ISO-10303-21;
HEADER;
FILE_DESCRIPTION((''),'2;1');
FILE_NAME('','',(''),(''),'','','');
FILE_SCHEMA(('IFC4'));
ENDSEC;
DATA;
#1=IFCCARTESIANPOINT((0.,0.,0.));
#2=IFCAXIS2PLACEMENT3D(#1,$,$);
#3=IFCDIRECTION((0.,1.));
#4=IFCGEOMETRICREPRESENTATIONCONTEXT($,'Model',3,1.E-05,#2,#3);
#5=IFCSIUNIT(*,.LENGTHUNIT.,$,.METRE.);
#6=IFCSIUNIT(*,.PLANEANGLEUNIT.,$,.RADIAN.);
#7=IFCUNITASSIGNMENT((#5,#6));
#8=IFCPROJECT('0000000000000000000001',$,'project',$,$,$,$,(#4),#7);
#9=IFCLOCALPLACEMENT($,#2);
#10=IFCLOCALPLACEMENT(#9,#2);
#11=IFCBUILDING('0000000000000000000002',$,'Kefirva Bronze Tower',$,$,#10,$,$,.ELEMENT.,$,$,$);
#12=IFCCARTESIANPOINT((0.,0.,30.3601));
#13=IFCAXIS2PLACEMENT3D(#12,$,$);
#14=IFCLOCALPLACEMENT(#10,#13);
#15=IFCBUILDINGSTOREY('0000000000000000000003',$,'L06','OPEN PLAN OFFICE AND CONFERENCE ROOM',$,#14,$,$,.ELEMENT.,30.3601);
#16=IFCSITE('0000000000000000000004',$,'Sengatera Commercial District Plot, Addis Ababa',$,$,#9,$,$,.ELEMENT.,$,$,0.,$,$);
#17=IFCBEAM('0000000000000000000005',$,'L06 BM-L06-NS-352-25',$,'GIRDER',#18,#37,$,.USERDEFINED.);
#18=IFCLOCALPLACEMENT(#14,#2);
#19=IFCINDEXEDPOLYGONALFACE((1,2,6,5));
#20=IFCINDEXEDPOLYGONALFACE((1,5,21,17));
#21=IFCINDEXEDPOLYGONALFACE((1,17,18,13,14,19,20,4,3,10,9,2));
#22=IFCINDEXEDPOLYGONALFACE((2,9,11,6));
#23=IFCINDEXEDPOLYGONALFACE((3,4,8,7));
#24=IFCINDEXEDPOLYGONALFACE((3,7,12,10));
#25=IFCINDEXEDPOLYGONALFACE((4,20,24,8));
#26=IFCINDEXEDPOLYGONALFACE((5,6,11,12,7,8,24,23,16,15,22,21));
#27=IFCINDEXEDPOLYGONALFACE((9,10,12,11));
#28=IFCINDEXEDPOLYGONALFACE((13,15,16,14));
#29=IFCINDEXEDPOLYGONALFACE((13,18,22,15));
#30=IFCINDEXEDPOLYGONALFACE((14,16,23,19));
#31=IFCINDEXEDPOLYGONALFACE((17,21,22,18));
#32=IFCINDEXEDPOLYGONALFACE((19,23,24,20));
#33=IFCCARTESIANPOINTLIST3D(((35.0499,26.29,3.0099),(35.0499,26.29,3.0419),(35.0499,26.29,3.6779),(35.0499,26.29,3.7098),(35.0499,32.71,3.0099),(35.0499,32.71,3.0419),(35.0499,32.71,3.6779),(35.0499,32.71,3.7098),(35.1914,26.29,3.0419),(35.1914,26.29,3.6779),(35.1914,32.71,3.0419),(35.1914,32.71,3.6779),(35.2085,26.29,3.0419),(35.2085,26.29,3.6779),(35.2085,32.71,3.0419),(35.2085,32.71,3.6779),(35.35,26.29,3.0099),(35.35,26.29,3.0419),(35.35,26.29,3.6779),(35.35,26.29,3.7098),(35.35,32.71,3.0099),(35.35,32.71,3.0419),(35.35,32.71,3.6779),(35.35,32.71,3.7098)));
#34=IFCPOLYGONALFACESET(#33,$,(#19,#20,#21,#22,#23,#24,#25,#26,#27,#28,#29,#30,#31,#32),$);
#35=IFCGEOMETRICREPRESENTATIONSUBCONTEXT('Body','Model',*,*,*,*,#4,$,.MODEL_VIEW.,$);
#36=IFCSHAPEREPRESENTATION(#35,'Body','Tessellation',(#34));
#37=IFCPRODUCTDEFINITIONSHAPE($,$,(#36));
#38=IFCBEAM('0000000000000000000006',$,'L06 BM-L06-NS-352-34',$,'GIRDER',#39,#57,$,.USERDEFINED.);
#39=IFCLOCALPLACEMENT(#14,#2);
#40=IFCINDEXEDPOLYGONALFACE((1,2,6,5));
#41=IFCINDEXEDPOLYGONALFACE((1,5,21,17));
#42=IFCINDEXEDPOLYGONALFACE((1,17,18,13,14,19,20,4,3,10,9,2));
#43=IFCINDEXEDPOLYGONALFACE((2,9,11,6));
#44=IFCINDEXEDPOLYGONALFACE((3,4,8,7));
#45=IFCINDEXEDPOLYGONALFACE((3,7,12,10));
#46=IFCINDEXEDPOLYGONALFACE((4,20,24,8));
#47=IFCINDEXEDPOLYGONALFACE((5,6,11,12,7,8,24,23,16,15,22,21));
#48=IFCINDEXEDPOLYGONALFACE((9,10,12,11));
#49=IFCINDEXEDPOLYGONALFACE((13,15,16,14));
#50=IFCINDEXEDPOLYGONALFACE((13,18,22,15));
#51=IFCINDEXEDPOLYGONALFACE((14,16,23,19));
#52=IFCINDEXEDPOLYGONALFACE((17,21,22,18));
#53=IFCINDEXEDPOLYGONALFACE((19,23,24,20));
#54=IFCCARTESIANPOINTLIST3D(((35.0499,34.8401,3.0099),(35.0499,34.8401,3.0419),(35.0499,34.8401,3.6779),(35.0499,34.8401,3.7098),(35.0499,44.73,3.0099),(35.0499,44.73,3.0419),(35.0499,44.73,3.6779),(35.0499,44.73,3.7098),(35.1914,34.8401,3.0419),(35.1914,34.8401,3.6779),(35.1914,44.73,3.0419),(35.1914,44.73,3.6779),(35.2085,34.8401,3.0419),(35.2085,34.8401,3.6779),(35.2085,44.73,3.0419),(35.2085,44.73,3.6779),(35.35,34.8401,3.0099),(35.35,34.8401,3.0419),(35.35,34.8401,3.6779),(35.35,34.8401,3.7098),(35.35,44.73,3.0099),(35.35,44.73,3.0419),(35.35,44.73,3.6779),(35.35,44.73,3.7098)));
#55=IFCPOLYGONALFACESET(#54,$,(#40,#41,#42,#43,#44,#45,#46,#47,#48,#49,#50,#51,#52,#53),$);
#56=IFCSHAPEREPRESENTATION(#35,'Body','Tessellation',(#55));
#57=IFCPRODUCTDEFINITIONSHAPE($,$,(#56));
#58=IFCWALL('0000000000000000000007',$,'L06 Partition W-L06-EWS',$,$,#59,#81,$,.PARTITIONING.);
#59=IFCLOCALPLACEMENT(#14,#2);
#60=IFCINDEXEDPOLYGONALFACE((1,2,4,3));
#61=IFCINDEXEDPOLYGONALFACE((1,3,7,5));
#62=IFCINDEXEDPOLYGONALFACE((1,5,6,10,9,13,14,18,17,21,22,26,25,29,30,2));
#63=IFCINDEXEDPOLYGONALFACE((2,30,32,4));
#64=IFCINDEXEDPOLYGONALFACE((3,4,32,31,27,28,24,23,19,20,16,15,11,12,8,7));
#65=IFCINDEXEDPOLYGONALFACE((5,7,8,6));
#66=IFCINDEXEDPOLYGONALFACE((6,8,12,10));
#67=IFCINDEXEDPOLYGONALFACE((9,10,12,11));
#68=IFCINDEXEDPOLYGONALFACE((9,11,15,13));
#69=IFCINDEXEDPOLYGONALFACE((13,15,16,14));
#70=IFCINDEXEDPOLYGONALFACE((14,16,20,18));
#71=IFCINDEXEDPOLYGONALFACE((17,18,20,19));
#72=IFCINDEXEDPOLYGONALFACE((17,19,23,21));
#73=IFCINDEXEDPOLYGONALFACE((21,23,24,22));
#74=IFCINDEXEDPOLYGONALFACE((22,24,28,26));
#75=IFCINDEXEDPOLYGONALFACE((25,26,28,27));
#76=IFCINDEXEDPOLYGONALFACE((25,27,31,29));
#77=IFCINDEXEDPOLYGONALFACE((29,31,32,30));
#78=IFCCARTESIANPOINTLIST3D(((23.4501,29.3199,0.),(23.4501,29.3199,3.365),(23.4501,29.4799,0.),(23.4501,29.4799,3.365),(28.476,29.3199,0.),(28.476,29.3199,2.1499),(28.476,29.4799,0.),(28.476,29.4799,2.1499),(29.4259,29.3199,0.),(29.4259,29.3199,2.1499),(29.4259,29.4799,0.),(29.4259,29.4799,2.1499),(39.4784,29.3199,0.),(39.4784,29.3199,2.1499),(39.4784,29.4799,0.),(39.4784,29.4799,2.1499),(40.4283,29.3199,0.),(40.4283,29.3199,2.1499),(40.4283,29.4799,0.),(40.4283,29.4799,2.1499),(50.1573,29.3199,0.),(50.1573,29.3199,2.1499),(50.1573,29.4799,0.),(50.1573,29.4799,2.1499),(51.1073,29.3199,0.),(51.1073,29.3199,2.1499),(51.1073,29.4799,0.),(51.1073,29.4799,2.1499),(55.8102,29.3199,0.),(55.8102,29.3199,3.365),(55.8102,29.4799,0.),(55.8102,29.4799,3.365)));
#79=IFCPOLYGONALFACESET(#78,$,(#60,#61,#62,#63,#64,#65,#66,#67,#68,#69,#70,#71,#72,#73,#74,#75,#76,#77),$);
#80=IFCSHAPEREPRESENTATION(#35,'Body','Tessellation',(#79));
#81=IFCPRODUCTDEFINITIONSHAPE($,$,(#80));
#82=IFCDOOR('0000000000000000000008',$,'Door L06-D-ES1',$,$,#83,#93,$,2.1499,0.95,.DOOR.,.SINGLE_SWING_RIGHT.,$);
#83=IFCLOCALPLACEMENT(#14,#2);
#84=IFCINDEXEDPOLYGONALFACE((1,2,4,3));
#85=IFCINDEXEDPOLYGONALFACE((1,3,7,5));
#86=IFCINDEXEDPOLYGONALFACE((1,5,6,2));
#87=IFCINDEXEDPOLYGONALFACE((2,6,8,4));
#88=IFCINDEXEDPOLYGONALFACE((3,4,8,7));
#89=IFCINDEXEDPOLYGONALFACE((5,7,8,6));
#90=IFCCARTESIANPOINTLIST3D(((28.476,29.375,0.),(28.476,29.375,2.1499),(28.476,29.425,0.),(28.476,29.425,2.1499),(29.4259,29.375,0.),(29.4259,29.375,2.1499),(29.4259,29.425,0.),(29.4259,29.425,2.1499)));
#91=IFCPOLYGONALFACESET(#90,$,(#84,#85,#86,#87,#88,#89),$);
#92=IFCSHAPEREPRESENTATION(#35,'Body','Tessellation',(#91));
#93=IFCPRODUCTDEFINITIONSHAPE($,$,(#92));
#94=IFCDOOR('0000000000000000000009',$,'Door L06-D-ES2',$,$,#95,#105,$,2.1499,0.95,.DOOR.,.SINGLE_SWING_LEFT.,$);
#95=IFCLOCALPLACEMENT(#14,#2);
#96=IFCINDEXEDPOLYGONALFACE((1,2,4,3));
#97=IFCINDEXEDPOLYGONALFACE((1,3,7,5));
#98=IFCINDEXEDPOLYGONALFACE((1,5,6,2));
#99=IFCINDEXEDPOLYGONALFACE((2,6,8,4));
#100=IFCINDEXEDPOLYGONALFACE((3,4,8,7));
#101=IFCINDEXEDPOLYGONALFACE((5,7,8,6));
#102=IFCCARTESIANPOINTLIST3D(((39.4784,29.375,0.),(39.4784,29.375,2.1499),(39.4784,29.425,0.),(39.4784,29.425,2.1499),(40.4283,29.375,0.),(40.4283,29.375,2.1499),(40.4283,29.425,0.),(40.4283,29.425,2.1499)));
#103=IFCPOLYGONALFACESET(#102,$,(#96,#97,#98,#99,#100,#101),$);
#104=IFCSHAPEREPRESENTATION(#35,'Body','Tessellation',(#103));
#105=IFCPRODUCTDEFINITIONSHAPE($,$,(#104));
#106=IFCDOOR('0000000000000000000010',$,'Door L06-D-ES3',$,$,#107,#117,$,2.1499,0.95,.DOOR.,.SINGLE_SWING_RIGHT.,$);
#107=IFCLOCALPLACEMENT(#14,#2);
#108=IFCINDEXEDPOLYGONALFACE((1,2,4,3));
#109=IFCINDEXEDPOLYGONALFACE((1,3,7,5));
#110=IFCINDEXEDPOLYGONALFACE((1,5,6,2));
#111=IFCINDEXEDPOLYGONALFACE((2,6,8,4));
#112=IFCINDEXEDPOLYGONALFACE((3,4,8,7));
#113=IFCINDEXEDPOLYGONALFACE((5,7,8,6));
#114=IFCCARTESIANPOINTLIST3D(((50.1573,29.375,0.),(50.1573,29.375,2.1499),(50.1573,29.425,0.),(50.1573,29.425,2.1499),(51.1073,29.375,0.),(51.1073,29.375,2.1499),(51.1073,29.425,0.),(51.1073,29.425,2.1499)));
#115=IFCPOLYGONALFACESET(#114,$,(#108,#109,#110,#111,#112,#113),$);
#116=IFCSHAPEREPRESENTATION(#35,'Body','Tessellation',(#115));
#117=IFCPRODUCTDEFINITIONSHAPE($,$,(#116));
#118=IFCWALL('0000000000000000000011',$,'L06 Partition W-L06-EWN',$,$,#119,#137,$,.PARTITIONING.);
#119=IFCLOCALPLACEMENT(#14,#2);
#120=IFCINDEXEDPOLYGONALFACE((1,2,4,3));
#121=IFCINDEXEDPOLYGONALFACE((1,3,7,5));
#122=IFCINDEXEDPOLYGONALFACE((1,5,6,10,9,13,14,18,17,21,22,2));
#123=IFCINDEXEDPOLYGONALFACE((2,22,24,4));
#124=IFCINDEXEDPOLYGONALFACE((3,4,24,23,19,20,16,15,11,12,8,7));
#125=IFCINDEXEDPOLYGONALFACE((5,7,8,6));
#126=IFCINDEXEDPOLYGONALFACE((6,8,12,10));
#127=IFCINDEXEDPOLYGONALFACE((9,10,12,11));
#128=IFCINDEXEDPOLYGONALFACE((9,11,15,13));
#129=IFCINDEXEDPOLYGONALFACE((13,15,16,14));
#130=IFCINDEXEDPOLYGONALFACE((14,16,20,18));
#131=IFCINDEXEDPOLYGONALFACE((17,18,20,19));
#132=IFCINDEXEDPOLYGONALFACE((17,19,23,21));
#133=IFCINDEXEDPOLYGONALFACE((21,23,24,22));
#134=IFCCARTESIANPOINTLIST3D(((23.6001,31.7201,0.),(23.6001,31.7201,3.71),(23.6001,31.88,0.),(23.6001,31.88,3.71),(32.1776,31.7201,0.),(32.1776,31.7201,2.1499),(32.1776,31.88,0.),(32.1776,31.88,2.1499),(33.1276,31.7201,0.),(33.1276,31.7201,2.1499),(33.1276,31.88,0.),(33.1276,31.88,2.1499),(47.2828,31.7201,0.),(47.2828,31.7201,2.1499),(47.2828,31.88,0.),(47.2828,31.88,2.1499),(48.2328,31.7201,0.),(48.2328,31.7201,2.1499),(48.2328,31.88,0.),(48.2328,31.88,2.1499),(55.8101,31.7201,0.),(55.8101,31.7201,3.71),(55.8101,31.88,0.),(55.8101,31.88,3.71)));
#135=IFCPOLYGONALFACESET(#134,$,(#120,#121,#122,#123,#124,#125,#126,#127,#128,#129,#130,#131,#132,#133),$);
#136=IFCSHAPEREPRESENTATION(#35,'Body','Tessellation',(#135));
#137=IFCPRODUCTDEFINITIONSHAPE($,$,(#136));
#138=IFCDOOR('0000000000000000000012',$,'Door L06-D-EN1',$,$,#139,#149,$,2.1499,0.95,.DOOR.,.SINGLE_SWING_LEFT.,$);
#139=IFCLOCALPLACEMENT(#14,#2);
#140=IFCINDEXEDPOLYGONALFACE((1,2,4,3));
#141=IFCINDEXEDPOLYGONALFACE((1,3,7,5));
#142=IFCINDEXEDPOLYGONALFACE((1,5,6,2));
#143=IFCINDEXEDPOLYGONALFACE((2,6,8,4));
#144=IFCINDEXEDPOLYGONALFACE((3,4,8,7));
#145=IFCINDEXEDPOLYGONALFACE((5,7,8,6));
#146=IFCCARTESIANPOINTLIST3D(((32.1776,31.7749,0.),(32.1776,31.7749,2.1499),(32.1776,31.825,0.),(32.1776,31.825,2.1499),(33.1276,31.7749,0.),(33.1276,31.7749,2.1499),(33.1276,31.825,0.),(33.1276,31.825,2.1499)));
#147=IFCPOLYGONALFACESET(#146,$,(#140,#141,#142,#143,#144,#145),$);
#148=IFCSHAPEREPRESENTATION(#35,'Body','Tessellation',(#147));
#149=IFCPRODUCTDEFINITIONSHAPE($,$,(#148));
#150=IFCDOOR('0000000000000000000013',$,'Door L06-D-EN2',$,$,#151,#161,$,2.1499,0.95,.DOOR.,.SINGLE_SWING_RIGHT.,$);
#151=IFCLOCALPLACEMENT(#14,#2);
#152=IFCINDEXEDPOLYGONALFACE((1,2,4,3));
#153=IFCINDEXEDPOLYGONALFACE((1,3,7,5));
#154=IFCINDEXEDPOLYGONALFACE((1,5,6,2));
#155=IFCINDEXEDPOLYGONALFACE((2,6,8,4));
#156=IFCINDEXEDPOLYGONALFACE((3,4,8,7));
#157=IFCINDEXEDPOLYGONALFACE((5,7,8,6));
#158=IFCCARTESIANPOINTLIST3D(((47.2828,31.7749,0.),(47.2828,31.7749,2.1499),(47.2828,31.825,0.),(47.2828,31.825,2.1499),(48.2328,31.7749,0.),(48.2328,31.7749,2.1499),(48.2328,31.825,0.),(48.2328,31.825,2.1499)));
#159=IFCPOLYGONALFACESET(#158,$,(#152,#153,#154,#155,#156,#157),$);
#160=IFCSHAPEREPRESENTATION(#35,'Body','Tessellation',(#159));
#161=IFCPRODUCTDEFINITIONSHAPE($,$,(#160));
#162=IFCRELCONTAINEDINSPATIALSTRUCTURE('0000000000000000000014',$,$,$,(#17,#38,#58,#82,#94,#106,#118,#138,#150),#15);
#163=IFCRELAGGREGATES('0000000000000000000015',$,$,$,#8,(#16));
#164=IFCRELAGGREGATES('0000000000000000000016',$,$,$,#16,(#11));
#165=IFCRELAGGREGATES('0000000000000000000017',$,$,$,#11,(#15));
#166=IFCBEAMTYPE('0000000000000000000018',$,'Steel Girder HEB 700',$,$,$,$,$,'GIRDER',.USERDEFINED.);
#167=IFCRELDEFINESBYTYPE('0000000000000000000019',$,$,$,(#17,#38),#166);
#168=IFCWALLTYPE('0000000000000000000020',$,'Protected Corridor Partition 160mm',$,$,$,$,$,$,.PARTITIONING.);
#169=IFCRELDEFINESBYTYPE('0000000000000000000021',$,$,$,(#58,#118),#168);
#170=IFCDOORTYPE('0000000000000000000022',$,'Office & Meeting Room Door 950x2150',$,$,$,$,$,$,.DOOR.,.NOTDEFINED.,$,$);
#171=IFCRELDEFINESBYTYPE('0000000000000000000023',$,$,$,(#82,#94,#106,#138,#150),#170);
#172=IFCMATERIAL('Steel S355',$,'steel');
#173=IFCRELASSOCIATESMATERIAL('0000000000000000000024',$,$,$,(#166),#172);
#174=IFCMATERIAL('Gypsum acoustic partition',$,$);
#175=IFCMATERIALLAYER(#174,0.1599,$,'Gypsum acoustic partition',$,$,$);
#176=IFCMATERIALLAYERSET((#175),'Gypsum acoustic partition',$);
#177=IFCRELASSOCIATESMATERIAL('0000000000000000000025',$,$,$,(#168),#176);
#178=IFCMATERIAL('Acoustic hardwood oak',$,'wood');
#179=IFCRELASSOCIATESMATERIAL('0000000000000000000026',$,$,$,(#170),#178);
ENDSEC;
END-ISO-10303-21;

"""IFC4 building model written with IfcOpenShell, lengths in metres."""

from ifc_helpers import new_model, si_unit, direction, frame, frame_2d, origin, origin_2d, place, context, subcontext, project, spatial, rectangle, i_section, extrude, material, layer, layer_set, material_profile, profile_set, type_object, element, fill, save


model = new_model("IFC4")

# Units and contexts
model_context = context("Model", 3, precision=1e-05, world=origin(), true_north=direction((0.0, 1.0)))
body_context = subcontext(model_context, "Body", "Model", "MODEL_VIEW")
ifc_project = project(units=[si_unit("LENGTHUNIT", "METRE"), si_unit("PLANEANGLEUNIT", "RADIAN")], contexts=[model_context])

# Site, building, storey
site_placement = place(None, origin())
site = spatial("IfcSite", under=ifc_project, at=site_placement, Name="Sengatera Commercial District Plot, Addis Ababa", CompositionType="ELEMENT", RefElevation=0.0)
building_placement = place(site_placement, origin())
building = spatial("IfcBuilding", under=site, at=building_placement, Name="Kefirva Bronze Tower", CompositionType="ELEMENT")
storey_placement = place(building_placement, frame((0.0, 0.0, 30.3601)))
storey = spatial("IfcBuildingStorey", under=building, at=storey_placement, Name="L06", Description="OPEN PLAN OFFICE AND CONFERENCE ROOM", CompositionType="ELEMENT", Elevation=30.3601)

# Beams
ifc_material_1 = material(Name="Steel S355", Category="steel")
ifc_material_profile_1 = material_profile(ifc_material_1, i_section(OverallWidth=0.3, OverallDepth=0.7, WebThickness=0.0171, FlangeThickness=0.032, at=origin_2d()), Name="HEB 700")
ifc_profile_set_1 = profile_set([ifc_material_profile_1], Name="Steel S355")
beam_type_1 = type_object("IfcBeamType", Name="Steel Girder HEB 700", ElementType="GIRDER", PredefinedType="USERDEFINED", material=ifc_profile_set_1)
beam_1_placement = place(storey_placement, frame((35.2, 26.29, 3.3599), z_axis=(0.0, 1.0, 0.0), x_axis=(-1.0, 0.0, 0.0)))
element("IfcBeam", 1, at=beam_1_placement, inside=storey, type_object=beam_type_1, Name="L06 BM-L06-NS-352-25", ObjectType="GIRDER", PredefinedType="USERDEFINED", context=body_context, shape_type="SweptSolid", body=[
    extrude(i_section(OverallWidth=0.3, OverallDepth=0.7, WebThickness=0.0171, FlangeThickness=0.032, at=origin_2d()), origin(), (0.0, 0.0, 1.0), 6.4199),
])
beam_2_placement = place(storey_placement, frame((35.2, 34.8401, 3.3599), z_axis=(0.0, 1.0, 0.0), x_axis=(-1.0, 0.0, 0.0)))
element("IfcBeam", 2, at=beam_2_placement, inside=storey, type_object=beam_type_1, Name="L06 BM-L06-NS-352-34", ObjectType="GIRDER", PredefinedType="USERDEFINED", context=body_context, shape_type="SweptSolid", body=[
    extrude(i_section(OverallWidth=0.3, OverallDepth=0.7, WebThickness=0.0171, FlangeThickness=0.032, at=origin_2d()), origin(), (0.0, 0.0, 1.0), 9.8899),
])

# Walls, openings, doors
ifc_material_2 = material(Name="Gypsum acoustic partition")
ifc_layer_1 = layer(ifc_material_2, 0.1599, Name="Gypsum acoustic partition")
ifc_layer_set_1 = layer_set([ifc_layer_1], Name="Gypsum acoustic partition")
wall_type_1 = type_object("IfcWallType", Name="Protected Corridor Partition 160mm", PredefinedType="PARTITIONING", material=ifc_layer_set_1)
wall_1_placement = place(storey_placement, frame((23.45, 29.3999, 0.0), z_axis=(0.0, 0.0, 1.0), x_axis=(1.0, 0.0, 0.0)))
wall_1 = element("IfcWall", 3, at=wall_1_placement, inside=storey, type_object=wall_type_1, Name="L06 Partition W-L06-EWS", PredefinedType="PARTITIONING", context=body_context, shape_type="SweptSolid", body=[
    extrude(rectangle(XDim=32.3601, YDim=0.1599, at=frame_2d((16.1802, 0.0))), origin(), (0.0, 0.0, 1.0), 3.365),
])
opening_1_placement = place(wall_1_placement, frame((5.9761, 0.0, 0.0), z_axis=(0.0, 0.0, 1.0), x_axis=(-1.0, 0.0, 0.0)))
opening_1 = element("IfcOpeningElement", 4, at=opening_1_placement, cuts=wall_1, PredefinedType="OPENING", context=body_context, shape_type="SweptSolid", body=[
    extrude(rectangle(XDim=0.95, YDim=2.1499, at=frame_2d((0.4751, 1.075))), frame((0.0, 0.0898, 0.0), z_axis=(0.0, -1.0, 0.0), x_axis=(1.0, 0.0, 0.0)), (0.0, 0.0, 1.0), 0.1799),
])
opening_2_placement = place(wall_1_placement, frame((16.9785, 0.0, 0.0), z_axis=(0.0, 0.0, 1.0), x_axis=(-1.0, 0.0, 0.0)))
opening_2 = element("IfcOpeningElement", 5, at=opening_2_placement, cuts=wall_1, PredefinedType="OPENING", context=body_context, shape_type="SweptSolid", body=[
    extrude(rectangle(XDim=0.95, YDim=2.1499, at=frame_2d((0.4751, 1.075))), frame((0.0, 0.0898, 0.0), z_axis=(0.0, -1.0, 0.0), x_axis=(1.0, 0.0, 0.0)), (0.0, 0.0, 1.0), 0.1799),
])
opening_3_placement = place(wall_1_placement, frame((27.6575, 0.0, 0.0), z_axis=(0.0, 0.0, 1.0), x_axis=(-1.0, 0.0, 0.0)))
opening_3 = element("IfcOpeningElement", 6, at=opening_3_placement, cuts=wall_1, PredefinedType="OPENING", context=body_context, shape_type="SweptSolid", body=[
    extrude(rectangle(XDim=0.95, YDim=2.1499, at=frame_2d((0.4751, 1.075))), frame((0.0, 0.0898, 0.0), z_axis=(0.0, -1.0, 0.0), x_axis=(1.0, 0.0, 0.0)), (0.0, 0.0, 1.0), 0.1799),
])
ifc_material_3 = material(Name="Acoustic hardwood oak", Category="wood")
door_type_1 = type_object("IfcDoorType", Name="Office & Meeting Room Door 950x2150", OperationType="NOTDEFINED", PredefinedType="DOOR", material=ifc_material_3)
door_1_placement = place(opening_1_placement, origin())
door_1 = element("IfcDoor", 7, at=door_1_placement, inside=storey, type_object=door_type_1, Name="Door L06-D-ES1", OperationType="SINGLE_SWING_RIGHT", OverallHeight=2.1499, OverallWidth=0.95, PredefinedType="DOOR", context=body_context, shape_type="SweptSolid", body=[
    extrude(rectangle(XDim=0.95, YDim=2.1499, at=frame_2d((0.4751, 1.075))), frame((0.0, 0.0249, 0.0), z_axis=(0.0, -1.0, 0.0), x_axis=(1.0, 0.0, 0.0)), (0.0, 0.0, 1.0), 0.05),
])
fill(opening_1, door_1)
door_2_placement = place(opening_2_placement, origin())
door_2 = element("IfcDoor", 8, at=door_2_placement, inside=storey, type_object=door_type_1, Name="Door L06-D-ES2", OperationType="SINGLE_SWING_LEFT", OverallHeight=2.1499, OverallWidth=0.95, PredefinedType="DOOR", context=body_context, shape_type="SweptSolid", body=[
    extrude(rectangle(XDim=0.95, YDim=2.1499, at=frame_2d((0.4751, 1.075))), frame((0.0, 0.0249, 0.0), z_axis=(0.0, -1.0, 0.0), x_axis=(1.0, 0.0, 0.0)), (0.0, 0.0, 1.0), 0.05),
])
fill(opening_2, door_2)
door_3_placement = place(opening_3_placement, origin())
door_3 = element("IfcDoor", 9, at=door_3_placement, inside=storey, type_object=door_type_1, Name="Door L06-D-ES3", OperationType="SINGLE_SWING_RIGHT", OverallHeight=2.1499, OverallWidth=0.95, PredefinedType="DOOR", context=body_context, shape_type="SweptSolid", body=[
    extrude(rectangle(XDim=0.95, YDim=2.1499, at=frame_2d((0.4751, 1.075))), frame((0.0, 0.0249, 0.0), z_axis=(0.0, -1.0, 0.0), x_axis=(1.0, 0.0, 0.0)), (0.0, 0.0, 1.0), 0.05),
])
fill(opening_3, door_3)
wall_2_placement = place(storey_placement, frame((23.6001, 31.8, 0.0), z_axis=(0.0, 0.0, 1.0), x_axis=(1.0, 0.0, 0.0)))
wall_2 = element("IfcWall", 10, at=wall_2_placement, inside=storey, type_object=wall_type_1, Name="L06 Partition W-L06-EWN", PredefinedType="PARTITIONING", context=body_context, shape_type="SweptSolid", body=[
    extrude(rectangle(XDim=32.21, YDim=0.1599, at=frame_2d((16.105, 0.0))), origin(), (0.0, 0.0, 1.0), 3.71),
])
opening_4_placement = place(wall_2_placement, frame((8.5774, 0.0, 0.0)))
opening_4 = element("IfcOpeningElement", 11, at=opening_4_placement, cuts=wall_2, PredefinedType="OPENING", context=body_context, shape_type="SweptSolid", body=[
    extrude(rectangle(XDim=0.95, YDim=2.1499, at=frame_2d((0.4751, 1.075))), frame((0.0, 0.0898, 0.0), z_axis=(0.0, -1.0, 0.0), x_axis=(1.0, 0.0, 0.0)), (0.0, 0.0, 1.0), 0.1799),
])
opening_5_placement = place(wall_2_placement, frame((23.6826, 0.0, 0.0)))
opening_5 = element("IfcOpeningElement", 12, at=opening_5_placement, cuts=wall_2, PredefinedType="OPENING", context=body_context, shape_type="SweptSolid", body=[
    extrude(rectangle(XDim=0.95, YDim=2.1499, at=frame_2d((0.4751, 1.075))), frame((0.0, 0.0898, 0.0), z_axis=(0.0, -1.0, 0.0), x_axis=(1.0, 0.0, 0.0)), (0.0, 0.0, 1.0), 0.1799),
])
door_4_placement = place(opening_4_placement, origin())
door_4 = element("IfcDoor", 13, at=door_4_placement, inside=storey, type_object=door_type_1, Name="Door L06-D-EN1", OperationType="SINGLE_SWING_LEFT", OverallHeight=2.1499, OverallWidth=0.95, PredefinedType="DOOR", context=body_context, shape_type="SweptSolid", body=[
    extrude(rectangle(XDim=0.95, YDim=2.1499, at=frame_2d((0.4751, 1.075))), frame((0.0, 0.0249, 0.0), z_axis=(0.0, -1.0, 0.0), x_axis=(1.0, 0.0, 0.0)), (0.0, 0.0, 1.0), 0.05),
])
fill(opening_4, door_4)
door_5_placement = place(opening_5_placement, origin())
door_5 = element("IfcDoor", 14, at=door_5_placement, inside=storey, type_object=door_type_1, Name="Door L06-D-EN2", OperationType="SINGLE_SWING_RIGHT", OverallHeight=2.1499, OverallWidth=0.95, PredefinedType="DOOR", context=body_context, shape_type="SweptSolid", body=[
    extrude(rectangle(XDim=0.95, YDim=2.1499, at=frame_2d((0.4751, 1.075))), frame((0.0, 0.0249, 0.0), z_axis=(0.0, -1.0, 0.0), x_axis=(1.0, 0.0, 0.0)), (0.0, 0.0, 1.0), 0.05),
])
fill(opening_5, door_5)

save(model, "model.ifc")
